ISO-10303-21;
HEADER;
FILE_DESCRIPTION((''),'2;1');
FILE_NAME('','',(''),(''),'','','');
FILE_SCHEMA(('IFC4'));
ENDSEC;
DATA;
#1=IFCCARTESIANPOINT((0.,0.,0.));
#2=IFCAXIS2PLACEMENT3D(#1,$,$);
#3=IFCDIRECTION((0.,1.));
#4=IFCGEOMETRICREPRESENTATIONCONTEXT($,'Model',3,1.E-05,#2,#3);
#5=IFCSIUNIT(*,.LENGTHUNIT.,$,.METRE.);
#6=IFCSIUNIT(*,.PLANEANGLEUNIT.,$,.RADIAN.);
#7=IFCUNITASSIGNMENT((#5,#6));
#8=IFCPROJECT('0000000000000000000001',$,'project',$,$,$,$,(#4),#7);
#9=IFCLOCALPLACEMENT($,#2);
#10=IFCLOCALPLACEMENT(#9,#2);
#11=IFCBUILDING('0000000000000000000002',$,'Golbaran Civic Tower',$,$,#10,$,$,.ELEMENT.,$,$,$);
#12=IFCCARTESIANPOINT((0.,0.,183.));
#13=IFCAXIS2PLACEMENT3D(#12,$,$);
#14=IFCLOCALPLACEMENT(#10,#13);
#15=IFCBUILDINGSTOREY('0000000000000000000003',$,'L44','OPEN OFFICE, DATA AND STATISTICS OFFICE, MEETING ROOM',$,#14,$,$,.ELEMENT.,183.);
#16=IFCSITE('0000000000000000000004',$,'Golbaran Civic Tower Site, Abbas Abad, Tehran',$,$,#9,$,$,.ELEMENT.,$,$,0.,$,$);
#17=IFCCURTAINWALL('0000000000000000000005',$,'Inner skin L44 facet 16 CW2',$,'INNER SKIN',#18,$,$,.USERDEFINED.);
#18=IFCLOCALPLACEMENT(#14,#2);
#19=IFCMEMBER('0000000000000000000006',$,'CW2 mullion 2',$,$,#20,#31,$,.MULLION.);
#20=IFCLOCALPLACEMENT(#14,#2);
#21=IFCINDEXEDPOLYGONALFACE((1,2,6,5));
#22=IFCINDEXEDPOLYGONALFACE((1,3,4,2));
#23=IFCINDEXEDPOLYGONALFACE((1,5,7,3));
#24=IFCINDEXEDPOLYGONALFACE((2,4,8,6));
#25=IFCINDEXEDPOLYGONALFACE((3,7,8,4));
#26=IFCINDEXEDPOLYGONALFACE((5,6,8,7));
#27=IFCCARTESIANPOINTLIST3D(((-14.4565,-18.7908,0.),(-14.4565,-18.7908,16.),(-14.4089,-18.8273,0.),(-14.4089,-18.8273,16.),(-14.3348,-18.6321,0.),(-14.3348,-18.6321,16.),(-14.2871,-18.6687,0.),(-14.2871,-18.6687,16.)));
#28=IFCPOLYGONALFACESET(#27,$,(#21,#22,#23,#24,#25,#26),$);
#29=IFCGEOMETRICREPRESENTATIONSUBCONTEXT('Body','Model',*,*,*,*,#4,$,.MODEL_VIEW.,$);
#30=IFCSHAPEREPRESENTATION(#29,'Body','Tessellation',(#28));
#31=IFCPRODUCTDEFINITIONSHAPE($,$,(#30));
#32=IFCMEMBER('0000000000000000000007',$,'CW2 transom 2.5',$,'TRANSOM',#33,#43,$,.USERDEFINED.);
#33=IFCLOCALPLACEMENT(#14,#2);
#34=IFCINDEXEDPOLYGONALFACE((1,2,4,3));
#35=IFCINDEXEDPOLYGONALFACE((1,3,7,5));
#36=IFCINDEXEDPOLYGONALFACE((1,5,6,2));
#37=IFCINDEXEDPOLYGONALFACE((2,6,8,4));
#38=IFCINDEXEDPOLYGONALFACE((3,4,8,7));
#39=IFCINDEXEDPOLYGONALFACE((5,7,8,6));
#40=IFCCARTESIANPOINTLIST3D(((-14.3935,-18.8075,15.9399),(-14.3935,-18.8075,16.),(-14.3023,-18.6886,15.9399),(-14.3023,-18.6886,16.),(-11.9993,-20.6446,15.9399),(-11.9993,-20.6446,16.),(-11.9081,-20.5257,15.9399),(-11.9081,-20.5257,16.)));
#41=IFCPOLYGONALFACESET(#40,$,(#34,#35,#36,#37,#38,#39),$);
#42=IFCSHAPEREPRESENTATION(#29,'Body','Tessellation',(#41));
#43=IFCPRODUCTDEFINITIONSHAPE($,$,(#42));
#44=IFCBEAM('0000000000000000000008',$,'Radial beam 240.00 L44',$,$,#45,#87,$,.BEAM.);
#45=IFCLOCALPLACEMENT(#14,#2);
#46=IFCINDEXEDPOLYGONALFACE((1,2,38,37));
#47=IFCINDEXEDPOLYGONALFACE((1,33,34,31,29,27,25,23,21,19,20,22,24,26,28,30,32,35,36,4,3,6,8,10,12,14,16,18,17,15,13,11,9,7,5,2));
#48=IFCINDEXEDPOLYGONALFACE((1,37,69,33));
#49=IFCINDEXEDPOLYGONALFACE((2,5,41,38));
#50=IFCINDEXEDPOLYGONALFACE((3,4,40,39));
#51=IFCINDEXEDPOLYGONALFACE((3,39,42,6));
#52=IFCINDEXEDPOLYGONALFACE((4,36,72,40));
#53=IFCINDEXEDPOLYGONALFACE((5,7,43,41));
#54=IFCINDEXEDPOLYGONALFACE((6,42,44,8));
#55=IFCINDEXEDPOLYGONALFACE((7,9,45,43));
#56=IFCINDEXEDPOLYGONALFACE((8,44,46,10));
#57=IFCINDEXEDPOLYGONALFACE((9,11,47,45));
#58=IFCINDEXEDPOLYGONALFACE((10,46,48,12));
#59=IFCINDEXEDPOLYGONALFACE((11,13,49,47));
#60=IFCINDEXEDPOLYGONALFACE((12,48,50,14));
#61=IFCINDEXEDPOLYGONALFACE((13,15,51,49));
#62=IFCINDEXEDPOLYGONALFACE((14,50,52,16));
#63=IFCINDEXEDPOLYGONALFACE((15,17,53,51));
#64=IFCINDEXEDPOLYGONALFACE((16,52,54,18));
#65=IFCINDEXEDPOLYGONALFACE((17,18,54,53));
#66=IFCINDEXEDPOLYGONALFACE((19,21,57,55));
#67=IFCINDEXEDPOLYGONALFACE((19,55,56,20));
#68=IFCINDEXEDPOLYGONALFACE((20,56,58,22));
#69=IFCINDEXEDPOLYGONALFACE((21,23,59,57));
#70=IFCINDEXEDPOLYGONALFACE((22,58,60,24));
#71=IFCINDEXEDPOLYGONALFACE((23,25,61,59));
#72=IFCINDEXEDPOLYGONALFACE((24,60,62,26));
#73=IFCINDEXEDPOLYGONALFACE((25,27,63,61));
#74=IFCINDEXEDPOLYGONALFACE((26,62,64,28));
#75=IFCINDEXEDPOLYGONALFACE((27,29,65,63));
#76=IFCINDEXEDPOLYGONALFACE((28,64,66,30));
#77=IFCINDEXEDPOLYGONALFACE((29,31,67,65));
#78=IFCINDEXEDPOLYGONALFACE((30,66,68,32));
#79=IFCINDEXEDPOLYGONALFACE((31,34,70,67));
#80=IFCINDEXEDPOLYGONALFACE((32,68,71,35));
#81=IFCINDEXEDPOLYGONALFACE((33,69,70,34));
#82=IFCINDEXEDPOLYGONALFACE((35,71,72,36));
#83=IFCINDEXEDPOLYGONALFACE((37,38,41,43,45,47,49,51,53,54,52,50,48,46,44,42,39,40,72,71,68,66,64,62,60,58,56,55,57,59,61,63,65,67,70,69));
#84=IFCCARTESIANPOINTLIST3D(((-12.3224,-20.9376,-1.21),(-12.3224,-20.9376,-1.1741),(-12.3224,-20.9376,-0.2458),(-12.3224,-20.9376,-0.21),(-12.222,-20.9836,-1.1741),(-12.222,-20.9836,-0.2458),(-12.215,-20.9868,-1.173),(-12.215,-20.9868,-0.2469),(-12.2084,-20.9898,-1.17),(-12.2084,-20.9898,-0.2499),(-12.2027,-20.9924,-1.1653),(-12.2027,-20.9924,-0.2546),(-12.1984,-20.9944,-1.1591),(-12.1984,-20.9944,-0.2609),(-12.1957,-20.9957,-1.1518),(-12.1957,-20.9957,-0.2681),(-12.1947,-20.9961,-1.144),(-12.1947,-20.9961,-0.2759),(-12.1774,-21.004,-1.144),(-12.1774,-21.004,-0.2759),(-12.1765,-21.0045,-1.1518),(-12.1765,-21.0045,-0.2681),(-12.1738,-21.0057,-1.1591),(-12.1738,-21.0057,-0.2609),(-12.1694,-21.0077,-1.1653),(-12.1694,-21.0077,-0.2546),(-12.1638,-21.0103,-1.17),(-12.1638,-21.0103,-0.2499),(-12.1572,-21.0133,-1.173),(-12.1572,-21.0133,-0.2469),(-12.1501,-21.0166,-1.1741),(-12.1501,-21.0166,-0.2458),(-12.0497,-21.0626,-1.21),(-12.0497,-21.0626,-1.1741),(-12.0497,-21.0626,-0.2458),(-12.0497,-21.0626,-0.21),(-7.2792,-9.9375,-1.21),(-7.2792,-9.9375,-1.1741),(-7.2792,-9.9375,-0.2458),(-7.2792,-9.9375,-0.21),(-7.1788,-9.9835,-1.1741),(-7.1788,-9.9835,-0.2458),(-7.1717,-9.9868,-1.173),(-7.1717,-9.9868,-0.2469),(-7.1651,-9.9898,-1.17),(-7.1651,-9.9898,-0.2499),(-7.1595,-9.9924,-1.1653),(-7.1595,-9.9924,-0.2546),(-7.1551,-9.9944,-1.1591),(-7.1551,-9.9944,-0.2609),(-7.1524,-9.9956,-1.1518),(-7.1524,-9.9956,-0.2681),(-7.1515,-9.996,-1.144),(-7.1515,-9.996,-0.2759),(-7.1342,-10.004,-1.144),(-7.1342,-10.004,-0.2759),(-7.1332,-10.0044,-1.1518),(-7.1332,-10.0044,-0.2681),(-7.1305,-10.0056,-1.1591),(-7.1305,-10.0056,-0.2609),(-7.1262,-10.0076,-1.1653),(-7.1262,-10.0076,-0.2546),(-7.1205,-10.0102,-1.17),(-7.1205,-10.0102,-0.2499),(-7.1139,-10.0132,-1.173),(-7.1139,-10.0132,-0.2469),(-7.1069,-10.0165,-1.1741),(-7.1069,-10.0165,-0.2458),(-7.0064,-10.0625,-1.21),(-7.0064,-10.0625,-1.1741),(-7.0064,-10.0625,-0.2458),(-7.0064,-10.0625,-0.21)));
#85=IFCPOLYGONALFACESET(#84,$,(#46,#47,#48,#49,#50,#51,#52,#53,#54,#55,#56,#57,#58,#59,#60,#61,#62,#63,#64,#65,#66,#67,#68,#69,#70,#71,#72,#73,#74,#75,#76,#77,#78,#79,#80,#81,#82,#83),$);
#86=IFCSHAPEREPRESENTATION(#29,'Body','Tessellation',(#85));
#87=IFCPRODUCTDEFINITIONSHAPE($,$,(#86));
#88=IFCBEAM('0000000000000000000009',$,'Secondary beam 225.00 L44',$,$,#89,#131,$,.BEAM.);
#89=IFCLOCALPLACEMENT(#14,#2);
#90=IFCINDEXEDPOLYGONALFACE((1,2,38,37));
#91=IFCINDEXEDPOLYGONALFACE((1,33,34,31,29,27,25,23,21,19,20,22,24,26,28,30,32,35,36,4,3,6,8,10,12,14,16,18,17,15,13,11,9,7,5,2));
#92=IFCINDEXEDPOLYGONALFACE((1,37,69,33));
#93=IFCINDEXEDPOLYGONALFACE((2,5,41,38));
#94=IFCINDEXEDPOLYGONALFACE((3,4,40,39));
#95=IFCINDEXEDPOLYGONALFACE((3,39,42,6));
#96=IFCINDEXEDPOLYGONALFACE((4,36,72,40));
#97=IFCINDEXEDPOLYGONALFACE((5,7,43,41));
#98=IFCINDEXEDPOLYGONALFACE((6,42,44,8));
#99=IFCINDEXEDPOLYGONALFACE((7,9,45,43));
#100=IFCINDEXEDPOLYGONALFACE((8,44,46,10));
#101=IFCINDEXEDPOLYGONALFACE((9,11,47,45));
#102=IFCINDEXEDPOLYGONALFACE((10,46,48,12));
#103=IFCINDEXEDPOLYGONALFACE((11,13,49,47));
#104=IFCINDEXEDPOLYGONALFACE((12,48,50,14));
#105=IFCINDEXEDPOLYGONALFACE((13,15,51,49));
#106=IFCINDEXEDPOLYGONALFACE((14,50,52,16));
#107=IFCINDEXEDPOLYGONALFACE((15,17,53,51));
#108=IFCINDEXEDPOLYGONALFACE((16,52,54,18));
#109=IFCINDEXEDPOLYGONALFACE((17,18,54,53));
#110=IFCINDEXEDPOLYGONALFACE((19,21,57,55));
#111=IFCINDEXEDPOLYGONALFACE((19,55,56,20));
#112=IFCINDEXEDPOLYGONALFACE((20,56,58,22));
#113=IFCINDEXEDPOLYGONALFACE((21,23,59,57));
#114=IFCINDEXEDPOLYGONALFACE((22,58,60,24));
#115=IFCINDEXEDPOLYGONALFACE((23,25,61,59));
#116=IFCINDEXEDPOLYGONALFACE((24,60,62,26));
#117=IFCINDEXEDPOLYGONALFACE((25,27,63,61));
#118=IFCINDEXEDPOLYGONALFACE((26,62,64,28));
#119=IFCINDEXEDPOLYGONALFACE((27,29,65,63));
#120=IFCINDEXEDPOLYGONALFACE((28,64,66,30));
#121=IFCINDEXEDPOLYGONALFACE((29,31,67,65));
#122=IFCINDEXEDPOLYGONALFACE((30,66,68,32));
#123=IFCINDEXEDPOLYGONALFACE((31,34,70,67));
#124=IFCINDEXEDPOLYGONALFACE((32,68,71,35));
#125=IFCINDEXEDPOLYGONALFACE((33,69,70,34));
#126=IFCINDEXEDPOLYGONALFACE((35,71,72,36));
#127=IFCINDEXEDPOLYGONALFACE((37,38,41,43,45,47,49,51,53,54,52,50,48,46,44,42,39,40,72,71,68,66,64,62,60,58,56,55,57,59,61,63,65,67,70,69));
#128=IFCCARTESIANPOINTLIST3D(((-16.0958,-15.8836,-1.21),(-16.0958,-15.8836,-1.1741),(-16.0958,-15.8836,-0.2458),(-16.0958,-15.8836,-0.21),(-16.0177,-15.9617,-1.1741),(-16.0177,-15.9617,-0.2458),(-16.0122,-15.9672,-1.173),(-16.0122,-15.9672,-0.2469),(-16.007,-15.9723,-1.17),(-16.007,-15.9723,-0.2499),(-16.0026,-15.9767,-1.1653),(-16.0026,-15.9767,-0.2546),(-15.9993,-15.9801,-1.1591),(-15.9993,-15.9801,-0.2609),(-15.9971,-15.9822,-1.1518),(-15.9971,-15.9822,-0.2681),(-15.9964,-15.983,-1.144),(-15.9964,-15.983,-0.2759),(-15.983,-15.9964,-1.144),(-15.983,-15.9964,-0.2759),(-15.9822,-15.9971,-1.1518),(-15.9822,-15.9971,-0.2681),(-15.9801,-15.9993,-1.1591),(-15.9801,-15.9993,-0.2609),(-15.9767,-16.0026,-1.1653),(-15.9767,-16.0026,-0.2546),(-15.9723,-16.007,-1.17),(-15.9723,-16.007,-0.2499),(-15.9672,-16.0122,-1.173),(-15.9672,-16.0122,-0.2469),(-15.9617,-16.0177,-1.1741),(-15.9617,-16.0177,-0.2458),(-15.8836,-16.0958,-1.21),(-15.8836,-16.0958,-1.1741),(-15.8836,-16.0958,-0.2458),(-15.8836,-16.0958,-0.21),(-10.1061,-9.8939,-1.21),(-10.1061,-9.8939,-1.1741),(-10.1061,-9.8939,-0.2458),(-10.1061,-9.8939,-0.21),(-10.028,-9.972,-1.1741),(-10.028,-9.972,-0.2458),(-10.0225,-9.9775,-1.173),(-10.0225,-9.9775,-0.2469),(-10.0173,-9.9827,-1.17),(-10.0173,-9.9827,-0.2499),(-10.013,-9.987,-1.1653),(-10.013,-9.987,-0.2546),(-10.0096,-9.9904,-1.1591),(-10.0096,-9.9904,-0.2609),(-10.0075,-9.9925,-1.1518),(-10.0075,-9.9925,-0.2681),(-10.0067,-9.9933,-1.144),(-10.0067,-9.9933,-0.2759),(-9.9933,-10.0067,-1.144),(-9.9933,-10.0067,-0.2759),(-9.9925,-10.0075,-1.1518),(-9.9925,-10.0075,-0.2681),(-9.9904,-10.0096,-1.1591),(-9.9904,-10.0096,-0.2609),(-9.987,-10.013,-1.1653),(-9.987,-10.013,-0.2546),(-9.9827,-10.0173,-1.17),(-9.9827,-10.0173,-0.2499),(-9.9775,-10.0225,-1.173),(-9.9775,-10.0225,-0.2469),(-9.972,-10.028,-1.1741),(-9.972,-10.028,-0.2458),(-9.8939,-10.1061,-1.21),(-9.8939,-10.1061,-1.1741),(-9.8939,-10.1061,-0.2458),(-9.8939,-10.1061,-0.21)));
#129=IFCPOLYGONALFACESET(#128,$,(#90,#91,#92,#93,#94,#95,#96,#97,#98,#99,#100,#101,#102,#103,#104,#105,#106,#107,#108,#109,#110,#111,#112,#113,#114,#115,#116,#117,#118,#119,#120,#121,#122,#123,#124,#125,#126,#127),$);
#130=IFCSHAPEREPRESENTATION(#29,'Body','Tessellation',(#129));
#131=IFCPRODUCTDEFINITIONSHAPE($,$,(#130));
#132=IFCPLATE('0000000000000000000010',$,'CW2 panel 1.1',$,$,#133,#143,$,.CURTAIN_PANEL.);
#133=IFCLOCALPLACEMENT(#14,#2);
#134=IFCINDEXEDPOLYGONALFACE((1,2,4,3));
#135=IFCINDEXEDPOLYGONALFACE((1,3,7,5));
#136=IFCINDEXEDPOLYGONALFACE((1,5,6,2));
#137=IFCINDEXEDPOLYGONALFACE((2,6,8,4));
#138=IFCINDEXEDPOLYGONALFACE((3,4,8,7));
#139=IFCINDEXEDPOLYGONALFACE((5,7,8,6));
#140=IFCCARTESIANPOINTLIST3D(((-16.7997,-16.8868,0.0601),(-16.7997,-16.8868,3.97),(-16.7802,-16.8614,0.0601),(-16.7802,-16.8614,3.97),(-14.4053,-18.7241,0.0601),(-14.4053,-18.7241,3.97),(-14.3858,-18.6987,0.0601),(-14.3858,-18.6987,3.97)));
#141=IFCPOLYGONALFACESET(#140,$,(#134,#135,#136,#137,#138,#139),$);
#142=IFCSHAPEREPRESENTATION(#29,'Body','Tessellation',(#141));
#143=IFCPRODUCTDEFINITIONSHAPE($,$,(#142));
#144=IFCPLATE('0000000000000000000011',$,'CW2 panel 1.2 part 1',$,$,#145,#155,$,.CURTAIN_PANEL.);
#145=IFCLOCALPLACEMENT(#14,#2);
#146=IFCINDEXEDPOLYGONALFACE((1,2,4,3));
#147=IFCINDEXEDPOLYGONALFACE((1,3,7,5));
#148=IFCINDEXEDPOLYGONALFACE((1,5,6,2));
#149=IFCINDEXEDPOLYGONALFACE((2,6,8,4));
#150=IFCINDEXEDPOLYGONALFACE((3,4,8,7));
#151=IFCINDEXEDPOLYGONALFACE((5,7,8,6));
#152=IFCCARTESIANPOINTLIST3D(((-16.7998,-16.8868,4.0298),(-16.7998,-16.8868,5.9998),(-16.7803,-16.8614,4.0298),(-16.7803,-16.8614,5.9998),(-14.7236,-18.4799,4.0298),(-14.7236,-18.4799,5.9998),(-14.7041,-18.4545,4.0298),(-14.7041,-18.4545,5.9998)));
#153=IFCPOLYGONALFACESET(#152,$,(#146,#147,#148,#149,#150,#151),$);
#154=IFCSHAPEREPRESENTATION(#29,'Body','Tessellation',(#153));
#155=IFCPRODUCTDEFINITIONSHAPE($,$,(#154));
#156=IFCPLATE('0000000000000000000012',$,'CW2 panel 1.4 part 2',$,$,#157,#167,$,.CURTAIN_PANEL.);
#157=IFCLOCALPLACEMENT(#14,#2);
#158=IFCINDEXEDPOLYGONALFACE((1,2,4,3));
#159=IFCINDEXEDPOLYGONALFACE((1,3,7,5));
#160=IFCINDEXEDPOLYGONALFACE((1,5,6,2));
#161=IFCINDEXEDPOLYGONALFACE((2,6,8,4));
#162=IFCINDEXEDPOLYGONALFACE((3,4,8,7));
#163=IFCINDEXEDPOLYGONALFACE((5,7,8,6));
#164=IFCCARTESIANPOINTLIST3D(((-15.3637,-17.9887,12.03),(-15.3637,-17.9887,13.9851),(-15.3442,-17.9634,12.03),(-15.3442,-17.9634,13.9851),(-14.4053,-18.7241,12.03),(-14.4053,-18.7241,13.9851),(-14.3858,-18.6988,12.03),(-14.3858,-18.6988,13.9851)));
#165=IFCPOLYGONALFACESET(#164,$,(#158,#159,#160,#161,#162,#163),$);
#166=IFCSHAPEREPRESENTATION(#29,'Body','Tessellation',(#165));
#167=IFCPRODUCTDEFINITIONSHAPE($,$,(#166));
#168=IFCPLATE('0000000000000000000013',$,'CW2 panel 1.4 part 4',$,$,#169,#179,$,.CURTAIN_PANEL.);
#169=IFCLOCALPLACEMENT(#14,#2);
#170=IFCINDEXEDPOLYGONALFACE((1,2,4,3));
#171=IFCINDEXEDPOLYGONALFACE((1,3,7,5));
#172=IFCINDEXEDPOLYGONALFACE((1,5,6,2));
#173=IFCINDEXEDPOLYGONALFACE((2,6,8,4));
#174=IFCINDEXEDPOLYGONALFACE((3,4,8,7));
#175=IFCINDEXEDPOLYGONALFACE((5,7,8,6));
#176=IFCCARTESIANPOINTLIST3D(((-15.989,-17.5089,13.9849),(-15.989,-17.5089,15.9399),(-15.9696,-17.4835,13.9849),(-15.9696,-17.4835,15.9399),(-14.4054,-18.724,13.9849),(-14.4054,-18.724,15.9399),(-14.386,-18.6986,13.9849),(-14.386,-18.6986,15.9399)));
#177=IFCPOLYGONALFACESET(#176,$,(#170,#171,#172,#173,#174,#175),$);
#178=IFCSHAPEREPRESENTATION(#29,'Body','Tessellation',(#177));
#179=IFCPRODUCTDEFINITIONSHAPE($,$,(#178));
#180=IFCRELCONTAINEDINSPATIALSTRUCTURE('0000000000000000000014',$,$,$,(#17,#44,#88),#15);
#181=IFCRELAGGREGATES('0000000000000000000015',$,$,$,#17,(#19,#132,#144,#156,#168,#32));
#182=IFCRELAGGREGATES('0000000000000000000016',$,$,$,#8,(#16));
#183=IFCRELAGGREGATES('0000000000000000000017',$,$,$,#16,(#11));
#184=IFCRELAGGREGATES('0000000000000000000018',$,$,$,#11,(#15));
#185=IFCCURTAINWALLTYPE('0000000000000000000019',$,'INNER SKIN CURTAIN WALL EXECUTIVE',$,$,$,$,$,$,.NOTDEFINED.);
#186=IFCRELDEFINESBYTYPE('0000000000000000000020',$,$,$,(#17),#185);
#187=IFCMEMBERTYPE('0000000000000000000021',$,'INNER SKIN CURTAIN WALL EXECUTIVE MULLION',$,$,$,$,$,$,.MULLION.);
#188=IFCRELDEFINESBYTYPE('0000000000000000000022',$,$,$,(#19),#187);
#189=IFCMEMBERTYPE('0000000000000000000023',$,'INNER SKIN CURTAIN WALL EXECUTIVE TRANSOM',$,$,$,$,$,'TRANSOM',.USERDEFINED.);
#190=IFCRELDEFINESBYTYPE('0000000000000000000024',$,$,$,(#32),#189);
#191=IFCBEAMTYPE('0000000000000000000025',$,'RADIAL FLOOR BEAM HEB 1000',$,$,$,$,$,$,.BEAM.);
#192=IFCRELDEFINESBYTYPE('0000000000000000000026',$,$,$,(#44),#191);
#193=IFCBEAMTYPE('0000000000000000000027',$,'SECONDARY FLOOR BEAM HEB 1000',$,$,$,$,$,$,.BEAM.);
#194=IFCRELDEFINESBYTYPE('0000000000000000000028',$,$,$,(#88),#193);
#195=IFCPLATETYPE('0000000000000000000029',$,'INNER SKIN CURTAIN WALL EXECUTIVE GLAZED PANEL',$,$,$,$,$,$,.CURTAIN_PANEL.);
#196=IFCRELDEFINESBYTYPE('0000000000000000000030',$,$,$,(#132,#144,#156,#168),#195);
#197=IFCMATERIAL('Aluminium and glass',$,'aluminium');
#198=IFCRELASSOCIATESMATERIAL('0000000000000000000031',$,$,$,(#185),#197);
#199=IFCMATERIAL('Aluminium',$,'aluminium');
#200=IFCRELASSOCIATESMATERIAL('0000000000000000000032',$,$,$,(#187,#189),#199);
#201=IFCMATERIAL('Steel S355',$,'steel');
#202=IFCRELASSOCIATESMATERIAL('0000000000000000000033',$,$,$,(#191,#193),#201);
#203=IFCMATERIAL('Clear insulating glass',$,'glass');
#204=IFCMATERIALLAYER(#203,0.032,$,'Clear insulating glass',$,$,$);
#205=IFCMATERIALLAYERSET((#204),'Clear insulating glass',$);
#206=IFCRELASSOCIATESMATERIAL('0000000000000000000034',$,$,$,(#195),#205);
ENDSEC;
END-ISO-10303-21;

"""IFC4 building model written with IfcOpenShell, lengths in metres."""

from ifc_helpers import new_model, si_unit, direction, frame, origin, origin_2d, place, context, subcontext, project, spatial, rectangle, i_section, extrude, material, layer, layer_set, material_profile, profile_set, type_object, element, aggregate, save


model = new_model("IFC4")

# Units and contexts
model_context = context("Model", 3, precision=1e-05, world=origin(), true_north=direction((0.0, 1.0)))
body_context = subcontext(model_context, "Body", "Model", "MODEL_VIEW")
ifc_project = project(units=[si_unit("LENGTHUNIT", "METRE"), si_unit("PLANEANGLEUNIT", "RADIAN")], contexts=[model_context])

# Site, building, storey
site_placement = place(None, origin())
site = spatial("IfcSite", under=ifc_project, at=site_placement, Name="Golbaran Civic Tower Site, Abbas Abad, Tehran", CompositionType="ELEMENT", RefElevation=0.0)
building_placement = place(site_placement, origin())
building = spatial("IfcBuilding", under=site, at=building_placement, Name="Golbaran Civic Tower", CompositionType="ELEMENT")
storey_placement = place(building_placement, frame((0.0, 0.0, 183.0)))
storey = spatial("IfcBuildingStorey", under=building, at=storey_placement, Name="L44", Description="OPEN OFFICE, DATA AND STATISTICS OFFICE, MEETING ROOM", CompositionType="ELEMENT", Elevation=183.0)

# Shared definitions
ifc_material_1 = material(Name="Steel S355", Category="steel")

# Curtain wall, members
ifc_material_2 = material(Name="Aluminium and glass", Category="aluminium")
curtain_wall_type = type_object("IfcCurtainWallType", Name="INNER SKIN CURTAIN WALL EXECUTIVE", PredefinedType="NOTDEFINED", material=ifc_material_2)
curtain_wall_placement = place(storey_placement, origin())
curtain_wall = element("IfcCurtainWall", 1, at=curtain_wall_placement, inside=storey, type_object=curtain_wall_type, Name="Inner skin L44 facet 16 CW2", ObjectType="INNER SKIN", PredefinedType="USERDEFINED")
ifc_material_3 = material(Name="Aluminium", Category="aluminium")
ifc_material_profile_1 = material_profile(ifc_material_3, rectangle(XDim=0.2, YDim=0.0601, at=origin_2d()), Name="INNER SKIN CURTAIN WALL EXECUTIVE MULLION")
ifc_profile_set_1 = profile_set([ifc_material_profile_1], Name="Aluminium")
member_type_1 = type_object("IfcMemberType", Name="INNER SKIN CURTAIN WALL EXECUTIVE MULLION", PredefinedType="MULLION", material=ifc_profile_set_1)
member_1_placement = place(storey_placement, frame((-14.3718, -18.7297, 0.0), z_axis=(0.0, 0.0, 1.0), x_axis=(0.608761, 0.793353, 0.0)))
member_1 = element("IfcMember", 2, at=member_1_placement, type_object=member_type_1, Name="CW2 mullion 2", PredefinedType="MULLION", context=body_context, shape_type="SweptSolid", body=[
    extrude(rectangle(XDim=0.2, YDim=0.0601, at=origin_2d()), origin(), (0.0, 0.0, 1.0), 16.0),
])
ifc_material_profile_2 = material_profile(ifc_material_3, rectangle(XDim=0.1499, YDim=0.0601, at=origin_2d()), Name="INNER SKIN CURTAIN WALL EXECUTIVE TRANSOM")
ifc_profile_set_2 = profile_set([ifc_material_profile_2], Name="Aluminium")
member_type_2 = type_object("IfcMemberType", Name="INNER SKIN CURTAIN WALL EXECUTIVE TRANSOM", ElementType="TRANSOM", PredefinedType="USERDEFINED", material=ifc_profile_set_2)
member_2_placement = place(storey_placement, frame((-14.3479, -18.748, 15.97), z_axis=(0.79336, -0.608752, 0.0), x_axis=(0.608752, 0.79336, 0.0)))
member_2 = element("IfcMember", 3, at=member_2_placement, type_object=member_type_2, Name="CW2 transom 2.5", ObjectType="TRANSOM", PredefinedType="USERDEFINED", context=body_context, shape_type="SweptSolid", body=[
    extrude(rectangle(XDim=0.1499, YDim=0.0601, at=origin_2d()), origin(), (0.0, 0.0, 1.0), 3.0178),
])

# Beams
ifc_material_profile_3 = material_profile(ifc_material_1, i_section(OverallWidth=0.3, OverallDepth=1.0, WebThickness=0.019, FlangeThickness=0.0359, FilletRadius=0.03, at=origin_2d()), Name="HEB 1000")
ifc_profile_set_3 = profile_set([ifc_material_profile_3], Name="Steel S355")
beam_type_1 = type_object("IfcBeamType", Name="RADIAL FLOOR BEAM HEB 1000", PredefinedType="BEAM", material=ifc_profile_set_3)
beam_1_placement = place(storey_placement, frame((-7.1428, -10.0, -0.71), z_axis=(-0.41676, -0.909016, 0.0), x_axis=(0.909016, -0.41676, 0.0)))
element("IfcBeam", 4, at=beam_1_placement, inside=storey, type_object=beam_type_1, Name="Radial beam 240.00 L44", PredefinedType="BEAM", context=body_context, shape_type="SweptSolid", body=[
    extrude(i_section(OverallWidth=0.3, OverallDepth=1.0, WebThickness=0.019, FlangeThickness=0.0359, FilletRadius=0.03, at=origin_2d()), origin(), (0.0, 0.0, 1.0), 12.1011),
])
ifc_material_profile_4 = material_profile(ifc_material_1, i_section(OverallWidth=0.3, OverallDepth=1.0, WebThickness=0.019, FlangeThickness=0.0359, FilletRadius=0.03, at=origin_2d()), Name="HEB 1000")
ifc_profile_set_4 = profile_set([ifc_material_profile_4], Name="Steel S355")
beam_type_2 = type_object("IfcBeamType", Name="SECONDARY FLOOR BEAM HEB 1000", PredefinedType="BEAM", material=ifc_profile_set_4)
beam_2_placement = place(storey_placement, frame((-10.0, -10.0, -0.71), z_axis=(-0.707107, -0.707107, 0.0), x_axis=(0.707107, -0.707107, 0.0)))
element("IfcBeam", 5, at=beam_2_placement, inside=storey, type_object=beam_type_2, Name="Secondary beam 225.00 L44", PredefinedType="BEAM", context=body_context, shape_type="SweptSolid", body=[
    extrude(i_section(OverallWidth=0.3, OverallDepth=1.0, WebThickness=0.019, FlangeThickness=0.0359, FilletRadius=0.03, at=origin_2d()), origin(), (0.0, 0.0, 1.0), 8.4707),
])

# Plates
ifc_material_4 = material(Name="Clear insulating glass", Category="glass")
ifc_layer_1 = layer(ifc_material_4, 0.032, Name="Clear insulating glass")
ifc_layer_set_1 = layer_set([ifc_layer_1], Name="Clear insulating glass")
plate_type_1 = type_object("IfcPlateType", Name="INNER SKIN CURTAIN WALL EXECUTIVE GLAZED PANEL", PredefinedType="CURTAIN_PANEL", material=ifc_layer_set_1)
plate_1_placement = place(storey_placement, frame((-15.5928, -17.7927, 0.0601), z_axis=(0.0, 0.0, 1.0), x_axis=(0.793353, -0.608761, 0.0)))
plate_1 = element("IfcPlate", 6, at=plate_1_placement, type_object=plate_type_1, Name="CW2 panel 1.1", PredefinedType="CURTAIN_PANEL", context=body_context, shape_type="SweptSolid", body=[
    extrude(rectangle(XDim=3.0181, YDim=0.032, at=origin_2d()), origin(), (0.0, 0.0, 1.0), 3.9099),
])
plate_2_placement = place(storey_placement, frame((-15.752, -17.6707, 4.0298), z_axis=(0.0, 0.0, 1.0), x_axis=(0.793353, -0.608761, 0.0)))
plate_2 = element("IfcPlate", 7, at=plate_2_placement, type_object=plate_type_1, Name="CW2 panel 1.2 part 1", PredefinedType="CURTAIN_PANEL", context=body_context, shape_type="SweptSolid", body=[
    extrude(rectangle(XDim=2.6169, YDim=0.032, at=origin_2d()), origin(), (0.0, 0.0, 1.0), 1.97),
])
plate_3_placement = place(storey_placement, frame((-14.8748, -18.3438, 12.03), z_axis=(0.0, 0.0, 1.0), x_axis=(0.793353, -0.608761, 0.0)))
plate_3 = element("IfcPlate", 8, at=plate_3_placement, type_object=plate_type_1, Name="CW2 panel 1.4 part 2", PredefinedType="CURTAIN_PANEL", context=body_context, shape_type="SweptSolid", body=[
    extrude(rectangle(XDim=1.208, YDim=0.032, at=origin_2d()), origin(), (0.0, 0.0, 1.0), 1.9551),
])
plate_4_placement = place(storey_placement, frame((-15.1875, -18.1038, 13.9849), z_axis=(0.0, 0.0, 1.0), x_axis=(0.793353, -0.608761, 0.0)))
plate_4 = element("IfcPlate", 9, at=plate_4_placement, type_object=plate_type_1, Name="CW2 panel 1.4 part 4", PredefinedType="CURTAIN_PANEL", context=body_context, shape_type="SweptSolid", body=[
    extrude(rectangle(XDim=1.9961, YDim=0.032, at=origin_2d()), origin(), (0.0, 0.0, 1.0), 1.9551),
])
aggregate(curtain_wall, [member_1, plate_1, plate_2, plate_3, plate_4, member_2])

save(model, "model.ifc")
